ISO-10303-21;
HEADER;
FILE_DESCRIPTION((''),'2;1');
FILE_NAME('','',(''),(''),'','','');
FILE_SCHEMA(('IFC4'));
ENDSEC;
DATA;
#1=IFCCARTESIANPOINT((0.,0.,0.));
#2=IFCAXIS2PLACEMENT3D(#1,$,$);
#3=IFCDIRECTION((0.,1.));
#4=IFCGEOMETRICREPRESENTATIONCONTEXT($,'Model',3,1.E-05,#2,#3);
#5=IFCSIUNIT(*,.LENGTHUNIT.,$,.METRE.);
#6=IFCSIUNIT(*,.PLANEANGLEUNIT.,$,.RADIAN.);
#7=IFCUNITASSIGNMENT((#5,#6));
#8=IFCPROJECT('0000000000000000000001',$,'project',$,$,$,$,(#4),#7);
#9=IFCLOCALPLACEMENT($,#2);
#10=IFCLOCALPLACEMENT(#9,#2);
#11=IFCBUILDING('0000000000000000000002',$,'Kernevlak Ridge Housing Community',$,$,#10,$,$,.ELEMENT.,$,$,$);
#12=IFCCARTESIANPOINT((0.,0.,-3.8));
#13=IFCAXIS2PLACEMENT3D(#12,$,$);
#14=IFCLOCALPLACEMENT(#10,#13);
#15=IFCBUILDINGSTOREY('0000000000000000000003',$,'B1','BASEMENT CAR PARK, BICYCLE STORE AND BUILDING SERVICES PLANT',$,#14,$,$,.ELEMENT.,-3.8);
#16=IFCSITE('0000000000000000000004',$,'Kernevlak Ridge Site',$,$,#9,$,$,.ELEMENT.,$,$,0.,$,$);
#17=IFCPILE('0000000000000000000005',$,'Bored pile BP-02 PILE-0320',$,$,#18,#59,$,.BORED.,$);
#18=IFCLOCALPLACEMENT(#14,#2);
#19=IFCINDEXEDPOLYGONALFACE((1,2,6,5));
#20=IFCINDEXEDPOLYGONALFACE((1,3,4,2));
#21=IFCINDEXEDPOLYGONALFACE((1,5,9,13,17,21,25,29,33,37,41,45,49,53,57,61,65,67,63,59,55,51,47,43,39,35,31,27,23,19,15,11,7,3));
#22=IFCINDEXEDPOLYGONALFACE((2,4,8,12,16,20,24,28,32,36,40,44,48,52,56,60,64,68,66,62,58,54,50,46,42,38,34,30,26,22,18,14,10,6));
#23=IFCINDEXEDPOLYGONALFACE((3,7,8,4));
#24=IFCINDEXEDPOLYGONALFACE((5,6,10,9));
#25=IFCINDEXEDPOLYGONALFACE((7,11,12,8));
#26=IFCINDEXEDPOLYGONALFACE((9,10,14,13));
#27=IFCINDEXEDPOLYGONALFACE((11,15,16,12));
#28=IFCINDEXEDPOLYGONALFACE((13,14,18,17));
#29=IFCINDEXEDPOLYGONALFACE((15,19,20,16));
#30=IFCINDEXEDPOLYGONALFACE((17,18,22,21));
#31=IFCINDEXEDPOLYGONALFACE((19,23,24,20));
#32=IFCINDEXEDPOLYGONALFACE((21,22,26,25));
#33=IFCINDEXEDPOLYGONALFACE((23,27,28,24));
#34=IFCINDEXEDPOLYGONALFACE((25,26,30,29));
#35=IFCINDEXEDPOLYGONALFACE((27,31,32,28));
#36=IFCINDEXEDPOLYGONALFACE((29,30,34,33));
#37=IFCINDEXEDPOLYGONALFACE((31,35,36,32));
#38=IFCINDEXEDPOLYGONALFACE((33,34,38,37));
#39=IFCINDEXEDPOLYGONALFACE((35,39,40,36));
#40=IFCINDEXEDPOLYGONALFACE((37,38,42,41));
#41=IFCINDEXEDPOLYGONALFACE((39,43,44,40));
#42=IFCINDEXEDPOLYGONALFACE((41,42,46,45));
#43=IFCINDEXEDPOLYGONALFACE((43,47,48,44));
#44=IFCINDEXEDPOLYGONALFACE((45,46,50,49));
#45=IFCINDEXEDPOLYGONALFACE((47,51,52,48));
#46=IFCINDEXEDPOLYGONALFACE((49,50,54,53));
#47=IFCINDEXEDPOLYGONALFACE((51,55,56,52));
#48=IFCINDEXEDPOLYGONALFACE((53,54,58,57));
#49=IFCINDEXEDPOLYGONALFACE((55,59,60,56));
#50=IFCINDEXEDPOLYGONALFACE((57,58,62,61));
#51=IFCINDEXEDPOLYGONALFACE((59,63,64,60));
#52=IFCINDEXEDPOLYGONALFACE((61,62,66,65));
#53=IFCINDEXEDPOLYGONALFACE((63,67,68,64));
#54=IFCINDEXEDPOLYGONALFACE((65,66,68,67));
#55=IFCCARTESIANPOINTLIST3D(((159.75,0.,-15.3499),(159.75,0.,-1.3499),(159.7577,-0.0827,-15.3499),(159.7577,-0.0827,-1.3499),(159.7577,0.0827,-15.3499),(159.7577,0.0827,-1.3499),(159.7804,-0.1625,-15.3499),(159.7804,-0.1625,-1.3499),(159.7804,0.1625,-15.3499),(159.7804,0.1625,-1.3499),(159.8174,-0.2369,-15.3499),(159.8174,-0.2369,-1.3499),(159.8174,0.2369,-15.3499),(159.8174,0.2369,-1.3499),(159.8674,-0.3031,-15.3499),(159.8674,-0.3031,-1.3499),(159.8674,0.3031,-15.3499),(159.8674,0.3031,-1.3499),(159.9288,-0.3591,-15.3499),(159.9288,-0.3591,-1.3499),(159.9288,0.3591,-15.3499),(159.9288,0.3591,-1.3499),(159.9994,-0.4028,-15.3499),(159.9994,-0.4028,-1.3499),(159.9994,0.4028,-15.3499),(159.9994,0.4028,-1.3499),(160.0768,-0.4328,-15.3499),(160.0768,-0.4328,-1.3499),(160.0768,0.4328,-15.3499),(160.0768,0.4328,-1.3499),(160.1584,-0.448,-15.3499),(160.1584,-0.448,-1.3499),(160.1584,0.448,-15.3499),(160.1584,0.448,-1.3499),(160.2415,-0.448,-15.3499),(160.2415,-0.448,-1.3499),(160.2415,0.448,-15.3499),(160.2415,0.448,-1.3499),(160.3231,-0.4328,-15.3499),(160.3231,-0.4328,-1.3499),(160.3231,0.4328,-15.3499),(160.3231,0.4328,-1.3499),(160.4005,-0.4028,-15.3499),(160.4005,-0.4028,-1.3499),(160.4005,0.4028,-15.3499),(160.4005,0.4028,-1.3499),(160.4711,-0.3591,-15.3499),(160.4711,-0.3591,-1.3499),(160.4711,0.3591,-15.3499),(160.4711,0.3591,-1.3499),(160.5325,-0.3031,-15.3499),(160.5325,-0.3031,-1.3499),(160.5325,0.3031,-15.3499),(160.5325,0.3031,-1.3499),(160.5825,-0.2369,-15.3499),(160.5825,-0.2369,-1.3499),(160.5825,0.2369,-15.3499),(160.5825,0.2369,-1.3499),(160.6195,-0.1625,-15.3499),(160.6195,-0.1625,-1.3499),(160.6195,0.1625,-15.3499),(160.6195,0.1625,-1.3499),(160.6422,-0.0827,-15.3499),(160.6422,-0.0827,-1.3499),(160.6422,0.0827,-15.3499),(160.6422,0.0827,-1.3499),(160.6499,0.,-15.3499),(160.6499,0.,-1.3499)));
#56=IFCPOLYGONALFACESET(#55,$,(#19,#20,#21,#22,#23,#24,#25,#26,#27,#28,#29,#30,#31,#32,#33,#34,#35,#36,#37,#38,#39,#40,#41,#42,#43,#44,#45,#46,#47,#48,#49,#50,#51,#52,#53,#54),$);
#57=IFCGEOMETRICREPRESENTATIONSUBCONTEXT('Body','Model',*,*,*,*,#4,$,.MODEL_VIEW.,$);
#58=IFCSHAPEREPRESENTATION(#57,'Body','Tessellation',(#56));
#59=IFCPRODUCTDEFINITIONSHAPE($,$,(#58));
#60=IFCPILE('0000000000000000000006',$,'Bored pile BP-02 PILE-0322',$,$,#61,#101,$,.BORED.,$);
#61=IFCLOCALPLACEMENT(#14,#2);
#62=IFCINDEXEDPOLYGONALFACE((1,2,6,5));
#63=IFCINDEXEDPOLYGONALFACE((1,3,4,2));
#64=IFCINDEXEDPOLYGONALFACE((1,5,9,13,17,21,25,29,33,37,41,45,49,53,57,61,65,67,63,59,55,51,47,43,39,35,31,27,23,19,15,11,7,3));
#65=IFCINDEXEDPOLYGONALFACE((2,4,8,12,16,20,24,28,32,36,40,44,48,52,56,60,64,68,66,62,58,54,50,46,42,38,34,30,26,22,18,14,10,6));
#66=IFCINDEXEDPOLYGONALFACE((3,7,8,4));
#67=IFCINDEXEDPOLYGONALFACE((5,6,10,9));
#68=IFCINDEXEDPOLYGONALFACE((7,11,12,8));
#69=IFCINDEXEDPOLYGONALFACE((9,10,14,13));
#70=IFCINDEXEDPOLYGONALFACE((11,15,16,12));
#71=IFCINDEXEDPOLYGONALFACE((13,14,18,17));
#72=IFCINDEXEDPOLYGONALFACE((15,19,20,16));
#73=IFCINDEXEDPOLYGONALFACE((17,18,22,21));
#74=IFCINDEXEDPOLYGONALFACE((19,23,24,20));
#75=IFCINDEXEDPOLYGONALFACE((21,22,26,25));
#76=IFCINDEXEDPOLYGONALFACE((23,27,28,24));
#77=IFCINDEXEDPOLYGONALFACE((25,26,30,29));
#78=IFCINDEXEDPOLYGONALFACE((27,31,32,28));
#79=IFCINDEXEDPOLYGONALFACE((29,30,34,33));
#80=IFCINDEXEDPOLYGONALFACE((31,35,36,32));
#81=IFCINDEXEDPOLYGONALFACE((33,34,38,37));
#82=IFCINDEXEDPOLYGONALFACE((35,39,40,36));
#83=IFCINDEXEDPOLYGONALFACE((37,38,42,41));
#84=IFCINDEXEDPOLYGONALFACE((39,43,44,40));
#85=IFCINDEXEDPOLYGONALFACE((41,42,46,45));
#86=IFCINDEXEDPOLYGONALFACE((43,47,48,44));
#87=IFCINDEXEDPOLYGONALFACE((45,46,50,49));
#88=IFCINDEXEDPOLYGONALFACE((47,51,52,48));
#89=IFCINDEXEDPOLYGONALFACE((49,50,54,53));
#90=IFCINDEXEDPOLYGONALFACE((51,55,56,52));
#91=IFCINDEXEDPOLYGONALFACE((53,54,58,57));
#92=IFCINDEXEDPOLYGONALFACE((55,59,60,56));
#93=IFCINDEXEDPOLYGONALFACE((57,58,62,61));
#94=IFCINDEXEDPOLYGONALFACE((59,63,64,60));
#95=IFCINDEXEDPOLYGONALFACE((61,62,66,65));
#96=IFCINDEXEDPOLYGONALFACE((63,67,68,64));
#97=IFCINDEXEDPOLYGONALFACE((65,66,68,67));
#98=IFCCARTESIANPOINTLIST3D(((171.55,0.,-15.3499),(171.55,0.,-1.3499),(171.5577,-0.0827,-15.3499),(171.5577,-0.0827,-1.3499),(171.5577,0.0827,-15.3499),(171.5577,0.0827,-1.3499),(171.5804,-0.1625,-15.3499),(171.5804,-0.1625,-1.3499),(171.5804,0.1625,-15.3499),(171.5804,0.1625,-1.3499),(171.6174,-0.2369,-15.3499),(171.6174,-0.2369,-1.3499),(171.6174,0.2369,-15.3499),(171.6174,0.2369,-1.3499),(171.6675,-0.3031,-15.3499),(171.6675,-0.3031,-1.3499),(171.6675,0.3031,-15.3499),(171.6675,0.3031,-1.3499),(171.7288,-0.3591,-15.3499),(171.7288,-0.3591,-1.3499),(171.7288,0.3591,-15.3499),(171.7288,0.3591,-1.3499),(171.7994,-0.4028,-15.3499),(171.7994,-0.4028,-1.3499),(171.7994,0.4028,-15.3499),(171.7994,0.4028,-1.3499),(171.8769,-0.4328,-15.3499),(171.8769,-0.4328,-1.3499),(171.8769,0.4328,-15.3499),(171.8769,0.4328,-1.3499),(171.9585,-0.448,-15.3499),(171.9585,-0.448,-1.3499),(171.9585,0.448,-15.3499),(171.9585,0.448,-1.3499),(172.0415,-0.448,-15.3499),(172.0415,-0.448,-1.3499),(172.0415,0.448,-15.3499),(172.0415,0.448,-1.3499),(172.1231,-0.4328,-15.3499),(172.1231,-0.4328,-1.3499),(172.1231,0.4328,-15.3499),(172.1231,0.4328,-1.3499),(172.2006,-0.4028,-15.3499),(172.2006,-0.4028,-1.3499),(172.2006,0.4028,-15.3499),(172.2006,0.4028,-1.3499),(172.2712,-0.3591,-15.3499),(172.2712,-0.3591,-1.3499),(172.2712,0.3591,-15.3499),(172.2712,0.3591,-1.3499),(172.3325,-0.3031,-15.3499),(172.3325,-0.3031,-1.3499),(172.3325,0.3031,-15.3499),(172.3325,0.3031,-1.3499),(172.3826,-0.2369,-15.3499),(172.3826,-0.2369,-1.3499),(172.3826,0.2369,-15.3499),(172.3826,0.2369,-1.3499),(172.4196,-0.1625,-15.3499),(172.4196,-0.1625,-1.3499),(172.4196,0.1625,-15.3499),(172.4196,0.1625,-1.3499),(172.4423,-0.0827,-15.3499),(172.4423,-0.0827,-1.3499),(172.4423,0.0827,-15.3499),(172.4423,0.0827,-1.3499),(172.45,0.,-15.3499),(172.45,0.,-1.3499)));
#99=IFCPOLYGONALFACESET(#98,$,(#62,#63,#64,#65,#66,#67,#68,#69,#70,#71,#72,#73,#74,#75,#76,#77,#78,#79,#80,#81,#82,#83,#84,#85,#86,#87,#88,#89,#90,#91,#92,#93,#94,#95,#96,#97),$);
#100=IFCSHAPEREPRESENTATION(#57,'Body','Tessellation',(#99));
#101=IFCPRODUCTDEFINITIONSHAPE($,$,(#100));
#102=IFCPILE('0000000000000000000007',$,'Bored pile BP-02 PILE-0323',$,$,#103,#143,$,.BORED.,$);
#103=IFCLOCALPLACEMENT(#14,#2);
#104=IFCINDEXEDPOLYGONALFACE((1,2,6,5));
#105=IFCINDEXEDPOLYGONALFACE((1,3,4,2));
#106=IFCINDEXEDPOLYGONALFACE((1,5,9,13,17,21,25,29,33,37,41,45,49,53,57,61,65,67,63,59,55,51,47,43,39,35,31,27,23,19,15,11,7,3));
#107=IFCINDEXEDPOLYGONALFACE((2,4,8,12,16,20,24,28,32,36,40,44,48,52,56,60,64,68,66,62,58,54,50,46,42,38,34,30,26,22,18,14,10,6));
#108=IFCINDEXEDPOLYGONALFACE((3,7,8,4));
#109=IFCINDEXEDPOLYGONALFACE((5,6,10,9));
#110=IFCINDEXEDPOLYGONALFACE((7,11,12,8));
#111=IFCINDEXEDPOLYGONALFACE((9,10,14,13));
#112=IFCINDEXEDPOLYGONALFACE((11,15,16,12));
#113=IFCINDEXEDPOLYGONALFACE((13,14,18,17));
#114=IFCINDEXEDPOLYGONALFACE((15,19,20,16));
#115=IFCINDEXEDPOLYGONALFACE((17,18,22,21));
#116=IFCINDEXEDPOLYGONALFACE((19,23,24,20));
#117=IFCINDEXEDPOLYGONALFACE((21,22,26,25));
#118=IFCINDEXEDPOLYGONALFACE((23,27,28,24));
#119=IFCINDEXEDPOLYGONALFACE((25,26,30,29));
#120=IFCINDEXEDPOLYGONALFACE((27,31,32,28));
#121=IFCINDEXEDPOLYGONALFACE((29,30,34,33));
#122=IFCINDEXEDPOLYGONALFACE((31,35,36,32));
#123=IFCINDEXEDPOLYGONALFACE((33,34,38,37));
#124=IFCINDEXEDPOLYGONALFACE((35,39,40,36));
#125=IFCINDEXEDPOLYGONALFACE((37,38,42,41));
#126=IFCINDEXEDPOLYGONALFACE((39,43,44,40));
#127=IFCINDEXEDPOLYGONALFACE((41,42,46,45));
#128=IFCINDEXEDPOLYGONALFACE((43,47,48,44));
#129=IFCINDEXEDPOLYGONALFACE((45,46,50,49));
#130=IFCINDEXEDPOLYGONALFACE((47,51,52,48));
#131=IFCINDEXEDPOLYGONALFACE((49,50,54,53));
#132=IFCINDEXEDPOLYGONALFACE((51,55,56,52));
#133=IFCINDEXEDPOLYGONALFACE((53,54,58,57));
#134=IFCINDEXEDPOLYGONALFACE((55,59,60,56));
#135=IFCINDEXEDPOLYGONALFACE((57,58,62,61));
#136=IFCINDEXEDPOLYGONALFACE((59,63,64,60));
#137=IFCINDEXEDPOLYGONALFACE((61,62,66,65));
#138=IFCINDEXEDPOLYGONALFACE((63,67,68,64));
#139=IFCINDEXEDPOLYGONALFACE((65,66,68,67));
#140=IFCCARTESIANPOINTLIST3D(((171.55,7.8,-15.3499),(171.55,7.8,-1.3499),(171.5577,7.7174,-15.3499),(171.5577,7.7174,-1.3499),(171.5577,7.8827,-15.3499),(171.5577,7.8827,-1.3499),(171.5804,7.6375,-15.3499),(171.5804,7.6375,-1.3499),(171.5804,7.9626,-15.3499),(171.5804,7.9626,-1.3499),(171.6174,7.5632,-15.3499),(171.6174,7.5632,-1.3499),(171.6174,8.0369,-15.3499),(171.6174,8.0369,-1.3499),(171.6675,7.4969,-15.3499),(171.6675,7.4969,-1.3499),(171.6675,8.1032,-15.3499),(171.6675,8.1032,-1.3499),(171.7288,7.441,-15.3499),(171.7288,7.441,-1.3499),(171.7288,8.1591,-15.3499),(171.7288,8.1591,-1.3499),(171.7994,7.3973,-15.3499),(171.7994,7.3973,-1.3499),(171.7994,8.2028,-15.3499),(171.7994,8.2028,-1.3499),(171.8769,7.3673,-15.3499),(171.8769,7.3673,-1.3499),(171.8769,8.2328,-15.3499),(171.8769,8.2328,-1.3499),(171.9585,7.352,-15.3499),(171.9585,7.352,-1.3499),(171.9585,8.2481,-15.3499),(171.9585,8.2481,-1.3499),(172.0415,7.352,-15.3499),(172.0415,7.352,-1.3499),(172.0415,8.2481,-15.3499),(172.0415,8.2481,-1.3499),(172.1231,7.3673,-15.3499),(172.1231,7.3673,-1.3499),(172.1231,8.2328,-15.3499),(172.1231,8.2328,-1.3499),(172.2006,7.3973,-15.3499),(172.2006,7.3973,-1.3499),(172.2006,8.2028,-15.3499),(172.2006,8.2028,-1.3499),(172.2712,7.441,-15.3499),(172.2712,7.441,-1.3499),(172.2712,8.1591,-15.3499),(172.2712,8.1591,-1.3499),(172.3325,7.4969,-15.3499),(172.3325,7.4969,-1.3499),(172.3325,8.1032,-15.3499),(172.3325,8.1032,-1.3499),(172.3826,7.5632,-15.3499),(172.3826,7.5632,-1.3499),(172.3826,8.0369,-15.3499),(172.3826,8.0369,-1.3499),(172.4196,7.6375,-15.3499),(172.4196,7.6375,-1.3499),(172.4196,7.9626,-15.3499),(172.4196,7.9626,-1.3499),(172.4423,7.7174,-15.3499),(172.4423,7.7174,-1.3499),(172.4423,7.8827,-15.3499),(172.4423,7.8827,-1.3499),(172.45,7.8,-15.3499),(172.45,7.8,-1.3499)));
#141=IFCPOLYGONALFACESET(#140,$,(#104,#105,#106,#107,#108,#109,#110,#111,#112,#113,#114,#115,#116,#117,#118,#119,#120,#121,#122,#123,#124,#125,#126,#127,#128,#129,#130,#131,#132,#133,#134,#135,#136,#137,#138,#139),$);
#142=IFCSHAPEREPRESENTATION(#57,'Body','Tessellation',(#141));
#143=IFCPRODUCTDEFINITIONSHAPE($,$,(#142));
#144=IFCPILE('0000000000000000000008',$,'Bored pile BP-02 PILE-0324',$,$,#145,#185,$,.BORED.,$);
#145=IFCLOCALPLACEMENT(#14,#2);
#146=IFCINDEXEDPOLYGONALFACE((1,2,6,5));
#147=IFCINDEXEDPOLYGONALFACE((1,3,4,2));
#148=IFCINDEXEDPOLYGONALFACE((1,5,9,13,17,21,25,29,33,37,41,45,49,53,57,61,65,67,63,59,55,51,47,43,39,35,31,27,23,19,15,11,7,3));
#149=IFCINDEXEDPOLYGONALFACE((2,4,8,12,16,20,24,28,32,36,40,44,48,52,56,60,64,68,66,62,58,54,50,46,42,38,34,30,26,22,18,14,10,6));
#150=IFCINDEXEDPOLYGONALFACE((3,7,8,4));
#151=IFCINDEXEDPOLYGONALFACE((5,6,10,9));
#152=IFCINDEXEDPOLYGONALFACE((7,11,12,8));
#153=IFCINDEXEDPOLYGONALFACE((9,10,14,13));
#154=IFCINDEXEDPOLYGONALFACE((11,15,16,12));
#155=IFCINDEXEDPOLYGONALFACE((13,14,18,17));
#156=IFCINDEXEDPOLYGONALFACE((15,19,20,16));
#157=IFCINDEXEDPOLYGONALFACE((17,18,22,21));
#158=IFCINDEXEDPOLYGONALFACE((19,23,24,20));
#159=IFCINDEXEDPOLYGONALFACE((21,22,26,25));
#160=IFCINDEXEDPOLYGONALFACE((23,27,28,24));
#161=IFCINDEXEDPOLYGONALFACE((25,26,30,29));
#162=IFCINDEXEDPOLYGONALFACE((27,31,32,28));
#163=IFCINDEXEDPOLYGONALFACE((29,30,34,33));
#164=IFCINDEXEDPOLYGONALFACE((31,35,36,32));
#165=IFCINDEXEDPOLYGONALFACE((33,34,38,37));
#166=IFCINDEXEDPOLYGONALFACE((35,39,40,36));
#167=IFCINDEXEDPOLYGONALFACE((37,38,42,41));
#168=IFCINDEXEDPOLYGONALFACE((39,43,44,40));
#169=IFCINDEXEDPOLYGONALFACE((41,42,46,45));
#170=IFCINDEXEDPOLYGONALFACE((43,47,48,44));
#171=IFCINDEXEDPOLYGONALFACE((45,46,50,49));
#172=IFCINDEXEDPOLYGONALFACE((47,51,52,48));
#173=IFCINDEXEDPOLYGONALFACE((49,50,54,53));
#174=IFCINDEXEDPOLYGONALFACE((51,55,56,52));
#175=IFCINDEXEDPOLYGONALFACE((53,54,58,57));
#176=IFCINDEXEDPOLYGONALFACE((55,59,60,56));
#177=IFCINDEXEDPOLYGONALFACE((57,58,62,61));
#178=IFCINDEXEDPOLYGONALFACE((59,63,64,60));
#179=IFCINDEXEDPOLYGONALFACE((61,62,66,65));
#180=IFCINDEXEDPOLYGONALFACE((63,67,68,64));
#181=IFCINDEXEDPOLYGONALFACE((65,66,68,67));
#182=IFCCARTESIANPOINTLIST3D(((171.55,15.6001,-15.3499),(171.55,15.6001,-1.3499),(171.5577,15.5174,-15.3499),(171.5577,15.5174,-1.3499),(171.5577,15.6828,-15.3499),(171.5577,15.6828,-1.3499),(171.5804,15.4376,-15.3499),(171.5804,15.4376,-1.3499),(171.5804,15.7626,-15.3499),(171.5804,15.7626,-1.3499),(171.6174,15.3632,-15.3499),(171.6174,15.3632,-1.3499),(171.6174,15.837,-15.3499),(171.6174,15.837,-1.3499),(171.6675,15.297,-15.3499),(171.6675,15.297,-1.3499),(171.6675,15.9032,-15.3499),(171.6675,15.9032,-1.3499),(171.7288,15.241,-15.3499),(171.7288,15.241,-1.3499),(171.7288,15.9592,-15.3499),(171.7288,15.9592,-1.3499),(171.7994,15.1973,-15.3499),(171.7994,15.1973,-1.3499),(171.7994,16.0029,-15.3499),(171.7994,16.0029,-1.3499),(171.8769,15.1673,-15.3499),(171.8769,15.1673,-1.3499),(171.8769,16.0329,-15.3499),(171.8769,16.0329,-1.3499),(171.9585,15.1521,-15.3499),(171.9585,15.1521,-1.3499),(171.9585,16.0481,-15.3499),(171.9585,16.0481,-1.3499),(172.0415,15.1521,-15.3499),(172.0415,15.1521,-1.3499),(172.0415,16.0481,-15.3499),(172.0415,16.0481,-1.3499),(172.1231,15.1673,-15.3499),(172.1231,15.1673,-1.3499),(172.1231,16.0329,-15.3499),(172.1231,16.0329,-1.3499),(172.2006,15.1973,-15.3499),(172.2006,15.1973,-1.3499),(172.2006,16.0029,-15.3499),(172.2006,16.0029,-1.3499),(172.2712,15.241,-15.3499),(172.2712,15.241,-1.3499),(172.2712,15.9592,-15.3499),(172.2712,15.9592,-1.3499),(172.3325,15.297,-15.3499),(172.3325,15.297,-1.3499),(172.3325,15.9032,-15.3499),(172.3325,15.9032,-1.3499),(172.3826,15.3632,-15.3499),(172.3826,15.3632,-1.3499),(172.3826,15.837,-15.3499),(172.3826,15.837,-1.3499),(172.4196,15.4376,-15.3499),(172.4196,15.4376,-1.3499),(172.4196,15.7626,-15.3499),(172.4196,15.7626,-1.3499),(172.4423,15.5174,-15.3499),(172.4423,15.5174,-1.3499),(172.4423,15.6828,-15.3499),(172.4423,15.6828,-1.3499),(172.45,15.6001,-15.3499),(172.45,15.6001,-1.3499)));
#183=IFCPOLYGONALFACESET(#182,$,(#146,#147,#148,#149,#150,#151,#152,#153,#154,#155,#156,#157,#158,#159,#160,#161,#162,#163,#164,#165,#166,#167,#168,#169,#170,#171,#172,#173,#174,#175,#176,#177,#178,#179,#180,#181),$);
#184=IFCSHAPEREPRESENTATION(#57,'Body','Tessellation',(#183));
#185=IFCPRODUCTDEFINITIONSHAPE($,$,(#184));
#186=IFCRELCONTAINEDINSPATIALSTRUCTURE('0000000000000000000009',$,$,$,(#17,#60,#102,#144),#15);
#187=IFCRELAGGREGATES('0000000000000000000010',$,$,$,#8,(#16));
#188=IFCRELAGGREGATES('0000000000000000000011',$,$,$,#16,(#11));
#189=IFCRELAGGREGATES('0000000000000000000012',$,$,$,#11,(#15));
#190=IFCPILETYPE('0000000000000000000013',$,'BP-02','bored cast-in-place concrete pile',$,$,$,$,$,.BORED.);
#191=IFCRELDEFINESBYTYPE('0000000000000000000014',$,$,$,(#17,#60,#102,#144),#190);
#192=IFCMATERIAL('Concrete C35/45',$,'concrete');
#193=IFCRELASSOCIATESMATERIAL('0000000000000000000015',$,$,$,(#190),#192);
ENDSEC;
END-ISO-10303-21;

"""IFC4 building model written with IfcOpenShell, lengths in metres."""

from ifc_helpers import new_model, si_unit, direction, frame, origin, origin_2d, place, context, subcontext, project, spatial, circle, extrude, material, material_profile, profile_set, type_object, element, save


model = new_model("IFC4")

# Units and contexts
model_context = context("Model", 3, precision=1e-05, world=origin(), true_north=direction((0.0, 1.0)))
body_context = subcontext(model_context, "Body", "Model", "MODEL_VIEW")
ifc_project = project(units=[si_unit("LENGTHUNIT", "METRE"), si_unit("PLANEANGLEUNIT", "RADIAN")], contexts=[model_context])

# Site, building, storey
site_placement = place(None, origin())
site = spatial("IfcSite", under=ifc_project, at=site_placement, Name="Kernevlak Ridge Site", CompositionType="ELEMENT", RefElevation=0.0)
building_placement = place(site_placement, origin())
building = spatial("IfcBuilding", under=site, at=building_placement, Name="Kernevlak Ridge Housing Community", CompositionType="ELEMENT")
storey_placement = place(building_placement, frame((0.0, 0.0, -3.8)))
storey = spatial("IfcBuildingStorey", under=building, at=storey_placement, Name="B1", Description="BASEMENT CAR PARK, BICYCLE STORE AND BUILDING SERVICES PLANT", CompositionType="ELEMENT", Elevation=-3.8)

# Piles
ifc_material_1 = material(Name="Concrete C35/45", Category="concrete")
ifc_material_profile_1 = material_profile(ifc_material_1, circle(Radius=0.45, at=origin_2d()), Name="BORED PILE 900")
ifc_profile_set_1 = profile_set([ifc_material_profile_1], Name="Concrete C35/45")
pile_type = type_object("IfcPileType", Name="BP-02", Description="bored cast-in-place concrete pile", PredefinedType="BORED", material=ifc_profile_set_1)
for number, where, z_axis, x_axis, name in (
    (1, (160.2, 0.0, -1.3499), (0.0, 0.0, -1.0), (1.0, 0.0, 0.0), "Bored pile BP-02 PILE-0320"),
    (2, (172.0, 0.0, -1.3499), (0.0, 0.0, -1.0), (1.0, 0.0, 0.0), "Bored pile BP-02 PILE-0322"),
    (3, (172.0, 7.8, -1.3499), (0.0, 0.0, -1.0), (1.0, 0.0, 0.0), "Bored pile BP-02 PILE-0323"),
    (4, (172.0, 15.6001, -1.3499), (0.0, 0.0, -1.0), (1.0, 0.0, 0.0), "Bored pile BP-02 PILE-0324"),
):
    element("IfcPile", number, at=place(storey_placement, frame(where, z_axis=z_axis, x_axis=x_axis)), inside=storey, type_object=pile_type, Name=name, PredefinedType="BORED", context=body_context, shape_type="SweptSolid", body=[
        extrude(circle(Radius=0.45, at=origin_2d()), origin(), (0.0, 0.0, 1.0), 14.0),
    ])

save(model, "model.ifc")
